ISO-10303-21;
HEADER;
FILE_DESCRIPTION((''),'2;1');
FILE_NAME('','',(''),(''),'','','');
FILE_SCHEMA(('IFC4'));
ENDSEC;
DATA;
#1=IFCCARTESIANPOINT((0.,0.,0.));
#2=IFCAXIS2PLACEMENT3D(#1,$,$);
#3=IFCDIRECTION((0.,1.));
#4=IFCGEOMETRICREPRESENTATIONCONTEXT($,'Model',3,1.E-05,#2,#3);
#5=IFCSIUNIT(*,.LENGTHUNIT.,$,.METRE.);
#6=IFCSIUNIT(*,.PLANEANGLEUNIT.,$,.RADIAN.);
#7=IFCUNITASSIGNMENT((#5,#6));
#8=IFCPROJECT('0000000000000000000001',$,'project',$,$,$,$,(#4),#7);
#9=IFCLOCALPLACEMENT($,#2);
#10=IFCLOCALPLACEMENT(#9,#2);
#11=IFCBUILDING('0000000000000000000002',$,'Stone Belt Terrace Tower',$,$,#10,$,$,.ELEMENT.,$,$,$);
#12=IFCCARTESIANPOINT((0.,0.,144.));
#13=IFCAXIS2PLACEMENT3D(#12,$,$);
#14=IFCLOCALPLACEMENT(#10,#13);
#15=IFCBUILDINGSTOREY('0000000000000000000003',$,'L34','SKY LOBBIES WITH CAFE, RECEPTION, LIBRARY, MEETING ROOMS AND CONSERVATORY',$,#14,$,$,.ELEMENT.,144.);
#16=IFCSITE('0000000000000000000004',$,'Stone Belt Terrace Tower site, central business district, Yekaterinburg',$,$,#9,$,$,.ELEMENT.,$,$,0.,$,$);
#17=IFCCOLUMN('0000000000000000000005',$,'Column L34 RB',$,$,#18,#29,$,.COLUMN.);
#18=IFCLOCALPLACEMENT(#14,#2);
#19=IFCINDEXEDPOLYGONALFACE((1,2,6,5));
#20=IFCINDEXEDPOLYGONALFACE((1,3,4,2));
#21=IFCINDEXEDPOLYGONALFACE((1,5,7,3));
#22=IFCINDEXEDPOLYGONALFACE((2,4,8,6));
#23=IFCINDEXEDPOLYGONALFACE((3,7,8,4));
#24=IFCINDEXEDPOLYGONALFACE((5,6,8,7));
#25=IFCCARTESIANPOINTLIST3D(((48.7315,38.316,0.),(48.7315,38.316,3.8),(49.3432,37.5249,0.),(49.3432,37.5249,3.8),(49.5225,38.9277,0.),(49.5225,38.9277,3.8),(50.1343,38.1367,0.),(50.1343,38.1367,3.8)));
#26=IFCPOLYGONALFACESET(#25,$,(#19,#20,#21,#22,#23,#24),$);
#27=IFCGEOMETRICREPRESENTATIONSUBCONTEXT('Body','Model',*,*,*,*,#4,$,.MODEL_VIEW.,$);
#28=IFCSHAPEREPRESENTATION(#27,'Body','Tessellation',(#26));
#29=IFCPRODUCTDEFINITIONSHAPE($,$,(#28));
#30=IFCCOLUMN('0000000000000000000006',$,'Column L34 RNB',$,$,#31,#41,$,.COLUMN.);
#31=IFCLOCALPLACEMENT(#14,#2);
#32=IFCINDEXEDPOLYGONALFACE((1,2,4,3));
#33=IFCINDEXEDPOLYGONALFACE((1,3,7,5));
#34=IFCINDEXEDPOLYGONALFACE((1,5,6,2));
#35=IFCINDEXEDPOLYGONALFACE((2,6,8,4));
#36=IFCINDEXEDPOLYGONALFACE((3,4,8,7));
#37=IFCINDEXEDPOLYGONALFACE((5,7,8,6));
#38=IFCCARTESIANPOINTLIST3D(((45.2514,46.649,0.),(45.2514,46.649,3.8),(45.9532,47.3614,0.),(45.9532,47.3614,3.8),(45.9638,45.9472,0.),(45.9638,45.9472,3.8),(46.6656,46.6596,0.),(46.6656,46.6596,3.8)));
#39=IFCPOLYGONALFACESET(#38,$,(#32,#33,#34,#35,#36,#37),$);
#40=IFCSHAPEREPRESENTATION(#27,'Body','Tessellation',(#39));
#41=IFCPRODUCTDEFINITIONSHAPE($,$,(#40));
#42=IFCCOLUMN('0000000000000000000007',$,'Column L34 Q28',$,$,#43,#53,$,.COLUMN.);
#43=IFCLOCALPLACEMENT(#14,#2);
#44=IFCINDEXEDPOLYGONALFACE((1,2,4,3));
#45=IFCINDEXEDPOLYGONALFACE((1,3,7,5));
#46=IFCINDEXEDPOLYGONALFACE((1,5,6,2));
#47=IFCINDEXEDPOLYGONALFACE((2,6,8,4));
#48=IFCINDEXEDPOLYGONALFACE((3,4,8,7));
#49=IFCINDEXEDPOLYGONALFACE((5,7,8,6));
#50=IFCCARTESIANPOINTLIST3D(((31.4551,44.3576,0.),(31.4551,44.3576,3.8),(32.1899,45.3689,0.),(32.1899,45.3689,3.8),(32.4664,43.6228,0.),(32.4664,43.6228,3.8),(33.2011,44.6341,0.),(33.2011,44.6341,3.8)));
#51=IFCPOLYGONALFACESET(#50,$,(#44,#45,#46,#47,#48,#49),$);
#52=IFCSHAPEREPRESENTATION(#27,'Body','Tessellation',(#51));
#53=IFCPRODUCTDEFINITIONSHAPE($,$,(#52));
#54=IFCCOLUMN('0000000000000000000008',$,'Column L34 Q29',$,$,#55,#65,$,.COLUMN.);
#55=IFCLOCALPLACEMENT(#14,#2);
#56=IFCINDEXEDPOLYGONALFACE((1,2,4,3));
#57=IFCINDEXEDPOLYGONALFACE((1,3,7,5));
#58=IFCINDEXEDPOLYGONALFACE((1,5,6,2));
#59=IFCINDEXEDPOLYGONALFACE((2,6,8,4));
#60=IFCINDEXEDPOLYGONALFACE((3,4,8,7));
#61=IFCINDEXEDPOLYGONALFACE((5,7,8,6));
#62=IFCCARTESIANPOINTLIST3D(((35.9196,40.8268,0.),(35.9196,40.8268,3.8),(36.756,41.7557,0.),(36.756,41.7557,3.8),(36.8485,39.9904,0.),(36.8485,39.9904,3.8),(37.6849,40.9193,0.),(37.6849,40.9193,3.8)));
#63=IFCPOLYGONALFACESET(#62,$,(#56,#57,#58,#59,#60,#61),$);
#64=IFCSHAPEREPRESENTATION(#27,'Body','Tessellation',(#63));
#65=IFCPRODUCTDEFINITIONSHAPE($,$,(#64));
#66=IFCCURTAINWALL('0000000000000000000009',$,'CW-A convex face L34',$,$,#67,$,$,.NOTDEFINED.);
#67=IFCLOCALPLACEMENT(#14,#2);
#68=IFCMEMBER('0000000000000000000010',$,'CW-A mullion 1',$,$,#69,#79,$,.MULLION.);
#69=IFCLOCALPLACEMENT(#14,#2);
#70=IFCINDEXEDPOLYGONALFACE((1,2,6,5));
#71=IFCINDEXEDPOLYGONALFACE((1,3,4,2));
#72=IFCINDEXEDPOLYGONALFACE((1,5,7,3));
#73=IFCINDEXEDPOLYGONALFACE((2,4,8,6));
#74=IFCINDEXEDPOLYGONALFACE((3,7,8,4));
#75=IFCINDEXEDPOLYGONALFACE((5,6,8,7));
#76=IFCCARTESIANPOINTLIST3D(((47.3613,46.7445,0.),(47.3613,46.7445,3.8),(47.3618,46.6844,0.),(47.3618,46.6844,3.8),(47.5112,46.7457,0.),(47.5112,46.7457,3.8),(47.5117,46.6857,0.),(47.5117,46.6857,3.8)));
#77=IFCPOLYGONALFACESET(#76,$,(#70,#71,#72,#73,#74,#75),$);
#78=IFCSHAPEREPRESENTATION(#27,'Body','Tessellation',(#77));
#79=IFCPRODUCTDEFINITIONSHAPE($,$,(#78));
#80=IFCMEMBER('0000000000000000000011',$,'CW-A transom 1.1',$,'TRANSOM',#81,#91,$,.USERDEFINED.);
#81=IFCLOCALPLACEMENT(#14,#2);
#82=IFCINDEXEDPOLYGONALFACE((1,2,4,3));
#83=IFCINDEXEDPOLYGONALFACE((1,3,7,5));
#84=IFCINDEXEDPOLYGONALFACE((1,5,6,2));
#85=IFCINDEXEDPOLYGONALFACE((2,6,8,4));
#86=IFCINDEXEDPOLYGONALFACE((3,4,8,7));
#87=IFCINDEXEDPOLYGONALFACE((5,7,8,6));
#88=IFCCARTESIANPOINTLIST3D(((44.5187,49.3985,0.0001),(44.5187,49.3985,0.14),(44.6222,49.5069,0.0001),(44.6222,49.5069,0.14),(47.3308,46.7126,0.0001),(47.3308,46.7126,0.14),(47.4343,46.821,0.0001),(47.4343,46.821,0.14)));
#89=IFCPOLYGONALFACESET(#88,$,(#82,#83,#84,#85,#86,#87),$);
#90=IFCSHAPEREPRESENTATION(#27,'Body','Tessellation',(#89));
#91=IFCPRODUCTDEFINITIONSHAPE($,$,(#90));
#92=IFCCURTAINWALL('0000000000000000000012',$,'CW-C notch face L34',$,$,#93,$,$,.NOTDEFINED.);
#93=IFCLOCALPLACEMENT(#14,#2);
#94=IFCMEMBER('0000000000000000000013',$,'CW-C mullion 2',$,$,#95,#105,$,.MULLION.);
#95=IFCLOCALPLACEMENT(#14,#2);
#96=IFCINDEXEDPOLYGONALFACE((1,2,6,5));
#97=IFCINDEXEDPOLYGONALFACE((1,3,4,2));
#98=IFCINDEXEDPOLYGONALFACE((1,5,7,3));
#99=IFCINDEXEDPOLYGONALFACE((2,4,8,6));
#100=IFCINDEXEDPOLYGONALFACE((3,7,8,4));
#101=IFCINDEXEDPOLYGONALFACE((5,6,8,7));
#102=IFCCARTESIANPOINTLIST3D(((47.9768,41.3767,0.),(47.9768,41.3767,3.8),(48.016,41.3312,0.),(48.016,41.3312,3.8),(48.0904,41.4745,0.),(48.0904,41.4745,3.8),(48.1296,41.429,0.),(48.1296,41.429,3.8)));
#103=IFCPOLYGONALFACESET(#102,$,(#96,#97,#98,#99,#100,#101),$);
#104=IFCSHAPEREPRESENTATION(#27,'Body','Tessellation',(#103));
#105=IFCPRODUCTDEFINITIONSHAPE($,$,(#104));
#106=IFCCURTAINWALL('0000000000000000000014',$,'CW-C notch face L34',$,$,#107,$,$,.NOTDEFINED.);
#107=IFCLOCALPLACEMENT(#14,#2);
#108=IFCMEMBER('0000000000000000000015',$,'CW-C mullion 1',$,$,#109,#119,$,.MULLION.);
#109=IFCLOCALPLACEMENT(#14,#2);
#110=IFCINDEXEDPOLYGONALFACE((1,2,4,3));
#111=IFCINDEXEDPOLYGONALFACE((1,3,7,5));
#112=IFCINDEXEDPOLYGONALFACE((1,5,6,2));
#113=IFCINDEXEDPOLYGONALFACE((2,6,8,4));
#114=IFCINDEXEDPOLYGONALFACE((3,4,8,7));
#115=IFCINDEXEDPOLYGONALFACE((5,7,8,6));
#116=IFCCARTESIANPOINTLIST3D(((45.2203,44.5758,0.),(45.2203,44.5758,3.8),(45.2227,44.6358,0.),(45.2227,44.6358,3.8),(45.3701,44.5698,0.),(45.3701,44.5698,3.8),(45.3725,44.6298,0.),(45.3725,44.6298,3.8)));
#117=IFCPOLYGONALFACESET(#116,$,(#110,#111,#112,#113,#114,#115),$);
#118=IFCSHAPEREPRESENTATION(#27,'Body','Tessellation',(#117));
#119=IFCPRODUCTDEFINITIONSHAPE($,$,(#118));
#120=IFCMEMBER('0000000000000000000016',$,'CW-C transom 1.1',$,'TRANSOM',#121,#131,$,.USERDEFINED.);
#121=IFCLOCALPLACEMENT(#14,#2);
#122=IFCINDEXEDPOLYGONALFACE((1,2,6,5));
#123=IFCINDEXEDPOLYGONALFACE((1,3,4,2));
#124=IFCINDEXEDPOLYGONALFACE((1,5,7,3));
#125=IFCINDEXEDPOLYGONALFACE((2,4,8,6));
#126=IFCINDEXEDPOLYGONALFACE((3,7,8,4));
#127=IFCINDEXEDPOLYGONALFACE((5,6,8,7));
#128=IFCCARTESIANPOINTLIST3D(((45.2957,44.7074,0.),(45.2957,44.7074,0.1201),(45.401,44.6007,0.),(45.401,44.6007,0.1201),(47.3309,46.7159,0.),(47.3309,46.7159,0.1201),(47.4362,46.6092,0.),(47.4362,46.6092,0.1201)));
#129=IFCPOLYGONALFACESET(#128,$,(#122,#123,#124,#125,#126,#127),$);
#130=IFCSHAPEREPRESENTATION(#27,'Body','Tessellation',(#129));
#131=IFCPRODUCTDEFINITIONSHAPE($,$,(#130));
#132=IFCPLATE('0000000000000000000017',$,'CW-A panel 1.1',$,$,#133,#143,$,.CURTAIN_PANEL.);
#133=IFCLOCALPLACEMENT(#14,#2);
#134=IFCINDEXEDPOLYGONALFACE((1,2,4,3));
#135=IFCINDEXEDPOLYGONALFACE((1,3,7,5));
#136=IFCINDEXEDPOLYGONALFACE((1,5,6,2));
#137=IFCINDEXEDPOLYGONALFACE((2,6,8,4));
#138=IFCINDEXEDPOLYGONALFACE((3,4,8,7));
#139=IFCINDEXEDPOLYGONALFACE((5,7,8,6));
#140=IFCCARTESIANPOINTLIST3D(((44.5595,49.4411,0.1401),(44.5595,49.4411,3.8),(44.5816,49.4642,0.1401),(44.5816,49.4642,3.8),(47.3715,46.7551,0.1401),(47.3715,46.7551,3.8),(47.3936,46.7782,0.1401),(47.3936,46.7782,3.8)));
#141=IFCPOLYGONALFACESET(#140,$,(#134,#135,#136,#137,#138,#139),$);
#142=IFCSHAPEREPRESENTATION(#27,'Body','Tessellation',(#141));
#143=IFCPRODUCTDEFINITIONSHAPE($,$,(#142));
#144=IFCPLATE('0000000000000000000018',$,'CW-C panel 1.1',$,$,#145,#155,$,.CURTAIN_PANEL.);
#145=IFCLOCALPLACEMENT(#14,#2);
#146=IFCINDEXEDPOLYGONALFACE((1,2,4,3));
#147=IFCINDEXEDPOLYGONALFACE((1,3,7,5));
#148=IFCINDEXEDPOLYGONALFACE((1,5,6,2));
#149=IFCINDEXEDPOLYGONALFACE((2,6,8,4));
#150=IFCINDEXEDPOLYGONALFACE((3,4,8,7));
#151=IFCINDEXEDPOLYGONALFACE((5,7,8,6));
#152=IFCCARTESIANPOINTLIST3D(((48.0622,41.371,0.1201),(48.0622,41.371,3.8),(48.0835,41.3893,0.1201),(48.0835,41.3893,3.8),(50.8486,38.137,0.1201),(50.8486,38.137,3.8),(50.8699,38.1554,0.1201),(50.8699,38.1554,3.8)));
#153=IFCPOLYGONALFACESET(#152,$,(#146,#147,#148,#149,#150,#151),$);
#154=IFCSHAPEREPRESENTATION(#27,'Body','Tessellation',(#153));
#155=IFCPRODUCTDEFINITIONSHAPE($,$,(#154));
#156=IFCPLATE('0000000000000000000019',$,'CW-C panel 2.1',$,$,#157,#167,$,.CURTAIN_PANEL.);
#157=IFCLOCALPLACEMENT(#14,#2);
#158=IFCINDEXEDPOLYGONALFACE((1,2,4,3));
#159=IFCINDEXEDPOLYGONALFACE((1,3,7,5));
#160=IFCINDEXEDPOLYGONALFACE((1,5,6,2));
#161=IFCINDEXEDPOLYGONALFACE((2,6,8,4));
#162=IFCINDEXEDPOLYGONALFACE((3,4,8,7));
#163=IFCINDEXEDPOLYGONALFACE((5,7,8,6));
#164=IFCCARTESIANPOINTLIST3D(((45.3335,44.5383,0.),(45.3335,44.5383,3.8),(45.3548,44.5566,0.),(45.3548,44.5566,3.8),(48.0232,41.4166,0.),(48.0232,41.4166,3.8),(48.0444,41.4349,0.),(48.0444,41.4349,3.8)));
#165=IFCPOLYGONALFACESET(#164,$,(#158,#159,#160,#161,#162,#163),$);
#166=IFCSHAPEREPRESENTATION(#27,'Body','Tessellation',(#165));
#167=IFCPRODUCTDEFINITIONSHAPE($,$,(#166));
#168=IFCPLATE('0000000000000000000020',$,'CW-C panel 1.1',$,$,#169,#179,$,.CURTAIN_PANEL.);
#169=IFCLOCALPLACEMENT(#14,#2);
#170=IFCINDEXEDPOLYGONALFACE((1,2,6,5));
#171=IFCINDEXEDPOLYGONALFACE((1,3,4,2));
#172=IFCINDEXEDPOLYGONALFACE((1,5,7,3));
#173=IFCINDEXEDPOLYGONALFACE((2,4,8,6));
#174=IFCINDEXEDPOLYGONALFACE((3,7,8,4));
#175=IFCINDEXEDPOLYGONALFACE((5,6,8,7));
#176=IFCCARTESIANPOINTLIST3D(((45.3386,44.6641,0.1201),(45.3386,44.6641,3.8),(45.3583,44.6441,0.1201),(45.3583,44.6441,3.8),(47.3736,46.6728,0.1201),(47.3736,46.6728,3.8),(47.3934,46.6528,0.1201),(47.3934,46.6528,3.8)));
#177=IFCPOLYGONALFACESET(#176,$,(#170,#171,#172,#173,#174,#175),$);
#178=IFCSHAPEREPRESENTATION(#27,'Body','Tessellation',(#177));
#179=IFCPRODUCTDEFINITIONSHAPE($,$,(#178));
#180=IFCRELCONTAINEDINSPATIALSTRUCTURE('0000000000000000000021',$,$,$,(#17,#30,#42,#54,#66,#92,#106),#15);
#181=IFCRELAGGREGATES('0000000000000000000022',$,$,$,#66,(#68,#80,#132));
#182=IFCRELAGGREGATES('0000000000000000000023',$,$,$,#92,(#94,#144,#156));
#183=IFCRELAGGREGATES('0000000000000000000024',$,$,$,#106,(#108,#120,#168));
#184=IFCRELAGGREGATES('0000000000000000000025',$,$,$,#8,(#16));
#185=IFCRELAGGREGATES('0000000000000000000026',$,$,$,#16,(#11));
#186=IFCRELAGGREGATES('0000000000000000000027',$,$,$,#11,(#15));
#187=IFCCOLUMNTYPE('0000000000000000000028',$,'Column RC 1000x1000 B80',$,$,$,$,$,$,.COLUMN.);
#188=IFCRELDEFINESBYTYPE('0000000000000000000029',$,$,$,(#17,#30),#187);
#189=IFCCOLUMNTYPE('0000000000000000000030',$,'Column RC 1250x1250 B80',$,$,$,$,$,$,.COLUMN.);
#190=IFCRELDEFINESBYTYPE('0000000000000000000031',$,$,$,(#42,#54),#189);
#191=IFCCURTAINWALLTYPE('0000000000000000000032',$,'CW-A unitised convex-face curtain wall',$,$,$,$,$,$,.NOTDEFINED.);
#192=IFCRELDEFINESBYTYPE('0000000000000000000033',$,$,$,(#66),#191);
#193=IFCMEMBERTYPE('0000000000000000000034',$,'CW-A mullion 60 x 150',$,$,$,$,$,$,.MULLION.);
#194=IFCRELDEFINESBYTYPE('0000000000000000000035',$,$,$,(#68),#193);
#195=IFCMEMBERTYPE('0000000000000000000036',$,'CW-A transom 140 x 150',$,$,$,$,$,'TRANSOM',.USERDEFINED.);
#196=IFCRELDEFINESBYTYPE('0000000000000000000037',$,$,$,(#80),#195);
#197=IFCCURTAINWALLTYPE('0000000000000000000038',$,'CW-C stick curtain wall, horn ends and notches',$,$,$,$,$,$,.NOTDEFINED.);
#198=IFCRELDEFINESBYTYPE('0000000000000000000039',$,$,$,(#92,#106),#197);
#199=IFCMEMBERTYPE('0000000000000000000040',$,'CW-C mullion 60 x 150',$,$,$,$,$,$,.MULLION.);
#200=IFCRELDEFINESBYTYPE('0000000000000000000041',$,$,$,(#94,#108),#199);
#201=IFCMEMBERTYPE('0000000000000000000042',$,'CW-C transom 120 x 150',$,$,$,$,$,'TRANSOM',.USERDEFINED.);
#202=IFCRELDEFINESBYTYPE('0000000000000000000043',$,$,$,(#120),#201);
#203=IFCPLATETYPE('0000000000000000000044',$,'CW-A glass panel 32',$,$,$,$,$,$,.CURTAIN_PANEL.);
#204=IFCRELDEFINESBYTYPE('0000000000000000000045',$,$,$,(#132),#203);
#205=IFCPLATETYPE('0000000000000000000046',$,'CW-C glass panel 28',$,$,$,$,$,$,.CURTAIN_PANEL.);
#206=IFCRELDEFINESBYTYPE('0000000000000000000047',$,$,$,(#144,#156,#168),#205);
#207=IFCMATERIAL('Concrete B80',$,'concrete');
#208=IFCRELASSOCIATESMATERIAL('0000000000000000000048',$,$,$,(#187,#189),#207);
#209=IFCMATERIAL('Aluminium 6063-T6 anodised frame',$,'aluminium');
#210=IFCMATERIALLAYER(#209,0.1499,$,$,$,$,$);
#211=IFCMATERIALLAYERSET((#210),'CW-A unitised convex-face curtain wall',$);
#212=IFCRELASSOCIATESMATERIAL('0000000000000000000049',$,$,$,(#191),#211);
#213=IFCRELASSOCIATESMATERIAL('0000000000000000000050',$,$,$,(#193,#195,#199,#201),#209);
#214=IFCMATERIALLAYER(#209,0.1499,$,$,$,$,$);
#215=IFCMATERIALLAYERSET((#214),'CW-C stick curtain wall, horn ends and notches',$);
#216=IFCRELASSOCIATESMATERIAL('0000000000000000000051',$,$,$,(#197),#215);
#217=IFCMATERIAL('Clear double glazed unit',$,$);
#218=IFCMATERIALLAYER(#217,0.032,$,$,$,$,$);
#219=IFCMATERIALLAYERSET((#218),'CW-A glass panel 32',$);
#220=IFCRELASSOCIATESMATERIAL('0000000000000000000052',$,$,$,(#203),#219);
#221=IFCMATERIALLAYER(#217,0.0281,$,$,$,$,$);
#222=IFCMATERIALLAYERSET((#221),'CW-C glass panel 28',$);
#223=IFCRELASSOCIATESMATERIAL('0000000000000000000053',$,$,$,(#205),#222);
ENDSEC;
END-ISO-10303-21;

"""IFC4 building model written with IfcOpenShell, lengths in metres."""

from ifc_helpers import new_model, si_unit, direction, frame, origin, origin_2d, place, context, subcontext, project, spatial, rectangle, extrude, material, layer, layer_set, material_profile, profile_set, type_object, element, aggregate, save


model = new_model("IFC4")

# Units and contexts
model_context = context("Model", 3, precision=1e-05, world=origin(), true_north=direction((0.0, 1.0)))
body_context = subcontext(model_context, "Body", "Model", "MODEL_VIEW")
ifc_project = project(units=[si_unit("LENGTHUNIT", "METRE"), si_unit("PLANEANGLEUNIT", "RADIAN")], contexts=[model_context])

# Site, building, storey
site_placement = place(None, origin())
site = spatial("IfcSite", under=ifc_project, at=site_placement, Name="Stone Belt Terrace Tower site, central business district, Yekaterinburg", CompositionType="ELEMENT", RefElevation=0.0)
building_placement = place(site_placement, origin())
building = spatial("IfcBuilding", under=site, at=building_placement, Name="Stone Belt Terrace Tower", CompositionType="ELEMENT")
storey_placement = place(building_placement, frame((0.0, 0.0, 144.0)))
storey = spatial("IfcBuildingStorey", under=building, at=storey_placement, Name="L34", Description="SKY LOBBIES WITH CAFE, RECEPTION, LIBRARY, MEETING ROOMS AND CONSERVATORY", CompositionType="ELEMENT", Elevation=144.0)

# Columns
ifc_material_1 = material(Name="Concrete B80", Category="concrete")
ifc_material_profile_1 = material_profile(ifc_material_1, rectangle(XDim=1.0, YDim=1.0, at=origin_2d()), Name="RC 1000x1000")
ifc_profile_set_1 = profile_set([ifc_material_profile_1], Name="Concrete B80")
column_type_1 = type_object("IfcColumnType", Name="Column RC 1000x1000 B80", PredefinedType="COLUMN", material=ifc_profile_set_1)
for number, where, z_axis, x_axis, name in (
    (1, (49.4329, 38.2263, 0.0), (0.0, 0.0, 1.0), (0.61173, -0.791067, 0.0), "Column L34 RB"),
    (2, (45.9585, 46.6543, 0.0), (0.0, 0.0, 1.0), (0.712398, -0.701775, 0.0), "Column L34 RNB"),
):
    element("IfcColumn", number, at=place(storey_placement, frame(where, z_axis=z_axis, x_axis=x_axis)), inside=storey, type_object=column_type_1, Name=name, PredefinedType="COLUMN", context=body_context, shape_type="SweptSolid", body=[
        extrude(rectangle(XDim=1.0, YDim=1.0, at=origin_2d()), origin(), (0.0, 0.0, 1.0), 3.8),
    ])
ifc_material_profile_2 = material_profile(ifc_material_1, rectangle(XDim=1.25, YDim=1.25, at=origin_2d()), Name="RC 1250x1250")
ifc_profile_set_2 = profile_set([ifc_material_profile_2], Name="Concrete B80")
column_type_2 = type_object("IfcColumnType", Name="Column RC 1250x1250 B80", PredefinedType="COLUMN", material=ifc_profile_set_2)
for number, where, z_axis, x_axis, name in (
    (3, (32.3281, 44.4958, 0.0), (0.0, 0.0, 1.0), (0.809017, -0.587785, 0.0), "Column L34 Q28"),
    (4, (36.8022, 40.873, 0.0), (0.0, 0.0, 1.0), (0.743145, -0.669131, 0.0), "Column L34 Q29"),
):
    element("IfcColumn", number, at=place(storey_placement, frame(where, z_axis=z_axis, x_axis=x_axis)), inside=storey, type_object=column_type_2, Name=name, PredefinedType="COLUMN", context=body_context, shape_type="SweptSolid", body=[
        extrude(rectangle(XDim=1.25, YDim=1.25, at=origin_2d()), origin(), (0.0, 0.0, 1.0), 3.8),
    ])

# Curtain wall, members
ifc_material_2 = material(Name="Aluminium 6063-T6 anodised frame", Category="aluminium")
ifc_layer_1 = layer(ifc_material_2, 0.1499)
ifc_layer_set_1 = layer_set([ifc_layer_1], Name="CW-A unitised convex-face curtain wall")
curtain_wall_type_1 = type_object("IfcCurtainWallType", Name="CW-A unitised convex-face curtain wall", PredefinedType="NOTDEFINED", material=ifc_layer_set_1)
curtain_wall_1_placement = place(storey_placement, origin())
curtain_wall_1 = element("IfcCurtainWall", 5, at=curtain_wall_1_placement, inside=storey, type_object=curtain_wall_type_1, Name="CW-A convex face L34", PredefinedType="NOTDEFINED")
ifc_material_profile_3 = material_profile(ifc_material_2, rectangle(XDim=0.1499, YDim=0.0601, at=origin_2d()), Name="Aluminium 6063-T6 60x150")
ifc_profile_set_3 = profile_set([ifc_material_profile_3], Name="Aluminium 6063-T6 anodised frame")
member_type_1 = type_object("IfcMemberType", Name="CW-A mullion 60 x 150", PredefinedType="MULLION", material=ifc_profile_set_3)
member_1_placement = place(storey_placement, frame((47.4365, 46.7151, 0.0), z_axis=(0.0, 0.0, 1.0), x_axis=(-0.999966, -0.008188, 0.0)))
member_1 = element("IfcMember", 6, at=member_1_placement, type_object=member_type_1, Name="CW-A mullion 1", PredefinedType="MULLION", context=body_context, shape_type="SweptSolid", body=[
    extrude(rectangle(XDim=0.1499, YDim=0.0601, at=origin_2d()), origin(), (0.0, 0.0, 1.0), 3.8),
])
ifc_material_profile_4 = material_profile(ifc_material_2, rectangle(XDim=0.1499, YDim=0.1399, at=origin_2d()), Name="Aluminium 6063-T6 150x140")
ifc_profile_set_4 = profile_set([ifc_material_profile_4], Name="Aluminium 6063-T6 anodised frame")
member_type_2 = type_object("IfcMemberType", Name="CW-A transom 140 x 150", ElementType="TRANSOM", PredefinedType="USERDEFINED", material=ifc_profile_set_4)
member_2_placement = place(storey_placement, frame((47.3826, 46.7668, 0.0701), z_axis=(-0.72315, 0.690691, 0.0), x_axis=(-0.690691, -0.72315, 0.0)))
member_2 = element("IfcMember", 7, at=member_2_placement, type_object=member_type_2, Name="CW-A transom 1.1", ObjectType="TRANSOM", PredefinedType="USERDEFINED", context=body_context, shape_type="SweptSolid", body=[
    extrude(rectangle(XDim=0.1499, YDim=0.1399, at=origin_2d()), origin(), (0.0, 0.0, 1.0), 3.8887),
])

# Curtain wall, member
ifc_layer_2 = layer(ifc_material_2, 0.1499)
ifc_layer_set_2 = layer_set([ifc_layer_2], Name="CW-C stick curtain wall, horn ends and notches")
curtain_wall_type_2 = type_object("IfcCurtainWallType", Name="CW-C stick curtain wall, horn ends and notches", PredefinedType="NOTDEFINED", material=ifc_layer_set_2)
curtain_wall_2_placement = place(storey_placement, origin())
curtain_wall_2 = element("IfcCurtainWall", 8, at=curtain_wall_2_placement, inside=storey, type_object=curtain_wall_type_2, Name="CW-C notch face L34", PredefinedType="NOTDEFINED")
ifc_material_profile_5 = material_profile(ifc_material_2, rectangle(XDim=0.1499, YDim=0.0601, at=origin_2d()), Name="Aluminium 6063-T6 60x150")
ifc_profile_set_5 = profile_set([ifc_material_profile_5], Name="Aluminium 6063-T6 anodised frame")
member_type_3 = type_object("IfcMemberType", Name="CW-C mullion 60 x 150", PredefinedType="MULLION", material=ifc_profile_set_5)
member_3_placement = place(storey_placement, frame((48.0532, 41.4028, 0.0), z_axis=(0.0, 0.0, 1.0), x_axis=(-0.757584, -0.652738, 0.0)))
member_3 = element("IfcMember", 9, at=member_3_placement, type_object=member_type_3, Name="CW-C mullion 2", PredefinedType="MULLION", context=body_context, shape_type="SweptSolid", body=[
    extrude(rectangle(XDim=0.1499, YDim=0.0601, at=origin_2d()), origin(), (0.0, 0.0, 1.0), 3.8),
])

# Curtain wall, members
curtain_wall_3_placement = place(storey_placement, origin())
curtain_wall_3 = element("IfcCurtainWall", 10, at=curtain_wall_3_placement, inside=storey, type_object=curtain_wall_type_2, Name="CW-C notch face L34", PredefinedType="NOTDEFINED")
member_4_placement = place(storey_placement, frame((45.2964, 44.6028, 0.0), z_axis=(0.0, 0.0, 1.0), x_axis=(-0.999185, 0.04036, 0.0)))
member_4 = element("IfcMember", 11, at=member_4_placement, type_object=member_type_3, Name="CW-C mullion 1", PredefinedType="MULLION", context=body_context, shape_type="SweptSolid", body=[
    extrude(rectangle(XDim=0.1499, YDim=0.0601, at=origin_2d()), origin(), (0.0, 0.0, 1.0), 3.8),
])
ifc_material_profile_6 = material_profile(ifc_material_2, rectangle(XDim=0.1499, YDim=0.1201, at=origin_2d()), Name="Aluminium 6063-T6 150x120")
ifc_profile_set_6 = profile_set([ifc_material_profile_6], Name="Aluminium 6063-T6 anodised frame")
member_type_4 = type_object("IfcMemberType", Name="CW-C transom 120 x 150", ElementType="TRANSOM", PredefinedType="USERDEFINED", material=ifc_profile_set_6)
member_5_placement = place(storey_placement, frame((45.3484, 44.6541, 0.0601), z_axis=(0.711745, 0.702438, 0.0), x_axis=(-0.702438, 0.711745, 0.0)))
member_5 = element("IfcMember", 12, at=member_5_placement, type_object=member_type_4, Name="CW-C transom 1.1", ObjectType="TRANSOM", PredefinedType="USERDEFINED", context=body_context, shape_type="SweptSolid", body=[
    extrude(rectangle(XDim=0.1499, YDim=0.1201, at=origin_2d()), origin(), (0.0, 0.0, 1.0), 2.8594),
])

# Plates
ifc_material_3 = material(Name="Clear double glazed unit")
ifc_layer_3 = layer(ifc_material_3, 0.032)
ifc_layer_set_3 = layer_set([ifc_layer_3], Name="CW-A glass panel 32")
plate_type_1 = type_object("IfcPlateType", Name="CW-A glass panel 32", PredefinedType="CURTAIN_PANEL", material=ifc_layer_set_3)
plate_1_placement = place(storey_placement, frame((45.9766, 48.1096, 0.1401), z_axis=(0.0, 0.0, 1.0), x_axis=(-0.723121, 0.690721, 0.0)))
plate_1 = element("IfcPlate", 13, at=plate_1_placement, type_object=plate_type_1, Name="CW-A panel 1.1", PredefinedType="CURTAIN_PANEL", context=body_context, shape_type="SweptSolid", body=[
    extrude(rectangle(XDim=3.8887, YDim=0.032, at=origin_2d()), origin(), (0.0, 0.0, 1.0), 3.6599),
])
aggregate(curtain_wall_1, [member_1, member_2, plate_1])
ifc_layer_4 = layer(ifc_material_3, 0.0281)
ifc_layer_set_4 = layer_set([ifc_layer_4], Name="CW-C glass panel 28")
plate_type_2 = type_object("IfcPlateType", Name="CW-C glass panel 28", PredefinedType="CURTAIN_PANEL", material=ifc_layer_set_4)
plate_2_placement = place(storey_placement, frame((49.4661, 39.7632, 0.1201), z_axis=(0.0, 0.0, 1.0), x_axis=(-0.652738, 0.757584, 0.0)))
plate_2 = element("IfcPlate", 14, at=plate_2_placement, type_object=plate_type_2, Name="CW-C panel 1.1", PredefinedType="CURTAIN_PANEL", context=body_context, shape_type="SweptSolid", body=[
    extrude(rectangle(XDim=4.2688, YDim=0.0281, at=origin_2d()), origin(), (0.0, 0.0, 1.0), 3.6799),
])
plate_3_placement = place(storey_placement, frame((46.689, 42.9866, 0.0), z_axis=(0.0, 0.0, 1.0), x_axis=(-0.652738, 0.757584, 0.0)))
plate_3 = element("IfcPlate", 15, at=plate_3_placement, type_object=plate_type_2, Name="CW-C panel 2.1", PredefinedType="CURTAIN_PANEL", context=body_context, shape_type="SweptSolid", body=[
    extrude(rectangle(XDim=4.1206, YDim=0.0281, at=origin_2d()), origin(), (0.0, 0.0, 1.0), 3.8),
])
aggregate(curtain_wall_2, [member_3, plate_2, plate_3])
plate_4_placement = place(storey_placement, frame((46.366, 45.6584, 0.1201), z_axis=(0.0, 0.0, 1.0), x_axis=(0.711713, 0.70247, 0.0)))
plate_4 = element("IfcPlate", 16, at=plate_4_placement, type_object=plate_type_2, Name="CW-C panel 1.1", PredefinedType="CURTAIN_PANEL", context=body_context, shape_type="SweptSolid", body=[
    extrude(rectangle(XDim=2.8594, YDim=0.0281, at=origin_2d()), origin(), (0.0, 0.0, 1.0), 3.6799),
])
aggregate(curtain_wall_3, [member_4, member_5, plate_4])

save(model, "model.ifc")
